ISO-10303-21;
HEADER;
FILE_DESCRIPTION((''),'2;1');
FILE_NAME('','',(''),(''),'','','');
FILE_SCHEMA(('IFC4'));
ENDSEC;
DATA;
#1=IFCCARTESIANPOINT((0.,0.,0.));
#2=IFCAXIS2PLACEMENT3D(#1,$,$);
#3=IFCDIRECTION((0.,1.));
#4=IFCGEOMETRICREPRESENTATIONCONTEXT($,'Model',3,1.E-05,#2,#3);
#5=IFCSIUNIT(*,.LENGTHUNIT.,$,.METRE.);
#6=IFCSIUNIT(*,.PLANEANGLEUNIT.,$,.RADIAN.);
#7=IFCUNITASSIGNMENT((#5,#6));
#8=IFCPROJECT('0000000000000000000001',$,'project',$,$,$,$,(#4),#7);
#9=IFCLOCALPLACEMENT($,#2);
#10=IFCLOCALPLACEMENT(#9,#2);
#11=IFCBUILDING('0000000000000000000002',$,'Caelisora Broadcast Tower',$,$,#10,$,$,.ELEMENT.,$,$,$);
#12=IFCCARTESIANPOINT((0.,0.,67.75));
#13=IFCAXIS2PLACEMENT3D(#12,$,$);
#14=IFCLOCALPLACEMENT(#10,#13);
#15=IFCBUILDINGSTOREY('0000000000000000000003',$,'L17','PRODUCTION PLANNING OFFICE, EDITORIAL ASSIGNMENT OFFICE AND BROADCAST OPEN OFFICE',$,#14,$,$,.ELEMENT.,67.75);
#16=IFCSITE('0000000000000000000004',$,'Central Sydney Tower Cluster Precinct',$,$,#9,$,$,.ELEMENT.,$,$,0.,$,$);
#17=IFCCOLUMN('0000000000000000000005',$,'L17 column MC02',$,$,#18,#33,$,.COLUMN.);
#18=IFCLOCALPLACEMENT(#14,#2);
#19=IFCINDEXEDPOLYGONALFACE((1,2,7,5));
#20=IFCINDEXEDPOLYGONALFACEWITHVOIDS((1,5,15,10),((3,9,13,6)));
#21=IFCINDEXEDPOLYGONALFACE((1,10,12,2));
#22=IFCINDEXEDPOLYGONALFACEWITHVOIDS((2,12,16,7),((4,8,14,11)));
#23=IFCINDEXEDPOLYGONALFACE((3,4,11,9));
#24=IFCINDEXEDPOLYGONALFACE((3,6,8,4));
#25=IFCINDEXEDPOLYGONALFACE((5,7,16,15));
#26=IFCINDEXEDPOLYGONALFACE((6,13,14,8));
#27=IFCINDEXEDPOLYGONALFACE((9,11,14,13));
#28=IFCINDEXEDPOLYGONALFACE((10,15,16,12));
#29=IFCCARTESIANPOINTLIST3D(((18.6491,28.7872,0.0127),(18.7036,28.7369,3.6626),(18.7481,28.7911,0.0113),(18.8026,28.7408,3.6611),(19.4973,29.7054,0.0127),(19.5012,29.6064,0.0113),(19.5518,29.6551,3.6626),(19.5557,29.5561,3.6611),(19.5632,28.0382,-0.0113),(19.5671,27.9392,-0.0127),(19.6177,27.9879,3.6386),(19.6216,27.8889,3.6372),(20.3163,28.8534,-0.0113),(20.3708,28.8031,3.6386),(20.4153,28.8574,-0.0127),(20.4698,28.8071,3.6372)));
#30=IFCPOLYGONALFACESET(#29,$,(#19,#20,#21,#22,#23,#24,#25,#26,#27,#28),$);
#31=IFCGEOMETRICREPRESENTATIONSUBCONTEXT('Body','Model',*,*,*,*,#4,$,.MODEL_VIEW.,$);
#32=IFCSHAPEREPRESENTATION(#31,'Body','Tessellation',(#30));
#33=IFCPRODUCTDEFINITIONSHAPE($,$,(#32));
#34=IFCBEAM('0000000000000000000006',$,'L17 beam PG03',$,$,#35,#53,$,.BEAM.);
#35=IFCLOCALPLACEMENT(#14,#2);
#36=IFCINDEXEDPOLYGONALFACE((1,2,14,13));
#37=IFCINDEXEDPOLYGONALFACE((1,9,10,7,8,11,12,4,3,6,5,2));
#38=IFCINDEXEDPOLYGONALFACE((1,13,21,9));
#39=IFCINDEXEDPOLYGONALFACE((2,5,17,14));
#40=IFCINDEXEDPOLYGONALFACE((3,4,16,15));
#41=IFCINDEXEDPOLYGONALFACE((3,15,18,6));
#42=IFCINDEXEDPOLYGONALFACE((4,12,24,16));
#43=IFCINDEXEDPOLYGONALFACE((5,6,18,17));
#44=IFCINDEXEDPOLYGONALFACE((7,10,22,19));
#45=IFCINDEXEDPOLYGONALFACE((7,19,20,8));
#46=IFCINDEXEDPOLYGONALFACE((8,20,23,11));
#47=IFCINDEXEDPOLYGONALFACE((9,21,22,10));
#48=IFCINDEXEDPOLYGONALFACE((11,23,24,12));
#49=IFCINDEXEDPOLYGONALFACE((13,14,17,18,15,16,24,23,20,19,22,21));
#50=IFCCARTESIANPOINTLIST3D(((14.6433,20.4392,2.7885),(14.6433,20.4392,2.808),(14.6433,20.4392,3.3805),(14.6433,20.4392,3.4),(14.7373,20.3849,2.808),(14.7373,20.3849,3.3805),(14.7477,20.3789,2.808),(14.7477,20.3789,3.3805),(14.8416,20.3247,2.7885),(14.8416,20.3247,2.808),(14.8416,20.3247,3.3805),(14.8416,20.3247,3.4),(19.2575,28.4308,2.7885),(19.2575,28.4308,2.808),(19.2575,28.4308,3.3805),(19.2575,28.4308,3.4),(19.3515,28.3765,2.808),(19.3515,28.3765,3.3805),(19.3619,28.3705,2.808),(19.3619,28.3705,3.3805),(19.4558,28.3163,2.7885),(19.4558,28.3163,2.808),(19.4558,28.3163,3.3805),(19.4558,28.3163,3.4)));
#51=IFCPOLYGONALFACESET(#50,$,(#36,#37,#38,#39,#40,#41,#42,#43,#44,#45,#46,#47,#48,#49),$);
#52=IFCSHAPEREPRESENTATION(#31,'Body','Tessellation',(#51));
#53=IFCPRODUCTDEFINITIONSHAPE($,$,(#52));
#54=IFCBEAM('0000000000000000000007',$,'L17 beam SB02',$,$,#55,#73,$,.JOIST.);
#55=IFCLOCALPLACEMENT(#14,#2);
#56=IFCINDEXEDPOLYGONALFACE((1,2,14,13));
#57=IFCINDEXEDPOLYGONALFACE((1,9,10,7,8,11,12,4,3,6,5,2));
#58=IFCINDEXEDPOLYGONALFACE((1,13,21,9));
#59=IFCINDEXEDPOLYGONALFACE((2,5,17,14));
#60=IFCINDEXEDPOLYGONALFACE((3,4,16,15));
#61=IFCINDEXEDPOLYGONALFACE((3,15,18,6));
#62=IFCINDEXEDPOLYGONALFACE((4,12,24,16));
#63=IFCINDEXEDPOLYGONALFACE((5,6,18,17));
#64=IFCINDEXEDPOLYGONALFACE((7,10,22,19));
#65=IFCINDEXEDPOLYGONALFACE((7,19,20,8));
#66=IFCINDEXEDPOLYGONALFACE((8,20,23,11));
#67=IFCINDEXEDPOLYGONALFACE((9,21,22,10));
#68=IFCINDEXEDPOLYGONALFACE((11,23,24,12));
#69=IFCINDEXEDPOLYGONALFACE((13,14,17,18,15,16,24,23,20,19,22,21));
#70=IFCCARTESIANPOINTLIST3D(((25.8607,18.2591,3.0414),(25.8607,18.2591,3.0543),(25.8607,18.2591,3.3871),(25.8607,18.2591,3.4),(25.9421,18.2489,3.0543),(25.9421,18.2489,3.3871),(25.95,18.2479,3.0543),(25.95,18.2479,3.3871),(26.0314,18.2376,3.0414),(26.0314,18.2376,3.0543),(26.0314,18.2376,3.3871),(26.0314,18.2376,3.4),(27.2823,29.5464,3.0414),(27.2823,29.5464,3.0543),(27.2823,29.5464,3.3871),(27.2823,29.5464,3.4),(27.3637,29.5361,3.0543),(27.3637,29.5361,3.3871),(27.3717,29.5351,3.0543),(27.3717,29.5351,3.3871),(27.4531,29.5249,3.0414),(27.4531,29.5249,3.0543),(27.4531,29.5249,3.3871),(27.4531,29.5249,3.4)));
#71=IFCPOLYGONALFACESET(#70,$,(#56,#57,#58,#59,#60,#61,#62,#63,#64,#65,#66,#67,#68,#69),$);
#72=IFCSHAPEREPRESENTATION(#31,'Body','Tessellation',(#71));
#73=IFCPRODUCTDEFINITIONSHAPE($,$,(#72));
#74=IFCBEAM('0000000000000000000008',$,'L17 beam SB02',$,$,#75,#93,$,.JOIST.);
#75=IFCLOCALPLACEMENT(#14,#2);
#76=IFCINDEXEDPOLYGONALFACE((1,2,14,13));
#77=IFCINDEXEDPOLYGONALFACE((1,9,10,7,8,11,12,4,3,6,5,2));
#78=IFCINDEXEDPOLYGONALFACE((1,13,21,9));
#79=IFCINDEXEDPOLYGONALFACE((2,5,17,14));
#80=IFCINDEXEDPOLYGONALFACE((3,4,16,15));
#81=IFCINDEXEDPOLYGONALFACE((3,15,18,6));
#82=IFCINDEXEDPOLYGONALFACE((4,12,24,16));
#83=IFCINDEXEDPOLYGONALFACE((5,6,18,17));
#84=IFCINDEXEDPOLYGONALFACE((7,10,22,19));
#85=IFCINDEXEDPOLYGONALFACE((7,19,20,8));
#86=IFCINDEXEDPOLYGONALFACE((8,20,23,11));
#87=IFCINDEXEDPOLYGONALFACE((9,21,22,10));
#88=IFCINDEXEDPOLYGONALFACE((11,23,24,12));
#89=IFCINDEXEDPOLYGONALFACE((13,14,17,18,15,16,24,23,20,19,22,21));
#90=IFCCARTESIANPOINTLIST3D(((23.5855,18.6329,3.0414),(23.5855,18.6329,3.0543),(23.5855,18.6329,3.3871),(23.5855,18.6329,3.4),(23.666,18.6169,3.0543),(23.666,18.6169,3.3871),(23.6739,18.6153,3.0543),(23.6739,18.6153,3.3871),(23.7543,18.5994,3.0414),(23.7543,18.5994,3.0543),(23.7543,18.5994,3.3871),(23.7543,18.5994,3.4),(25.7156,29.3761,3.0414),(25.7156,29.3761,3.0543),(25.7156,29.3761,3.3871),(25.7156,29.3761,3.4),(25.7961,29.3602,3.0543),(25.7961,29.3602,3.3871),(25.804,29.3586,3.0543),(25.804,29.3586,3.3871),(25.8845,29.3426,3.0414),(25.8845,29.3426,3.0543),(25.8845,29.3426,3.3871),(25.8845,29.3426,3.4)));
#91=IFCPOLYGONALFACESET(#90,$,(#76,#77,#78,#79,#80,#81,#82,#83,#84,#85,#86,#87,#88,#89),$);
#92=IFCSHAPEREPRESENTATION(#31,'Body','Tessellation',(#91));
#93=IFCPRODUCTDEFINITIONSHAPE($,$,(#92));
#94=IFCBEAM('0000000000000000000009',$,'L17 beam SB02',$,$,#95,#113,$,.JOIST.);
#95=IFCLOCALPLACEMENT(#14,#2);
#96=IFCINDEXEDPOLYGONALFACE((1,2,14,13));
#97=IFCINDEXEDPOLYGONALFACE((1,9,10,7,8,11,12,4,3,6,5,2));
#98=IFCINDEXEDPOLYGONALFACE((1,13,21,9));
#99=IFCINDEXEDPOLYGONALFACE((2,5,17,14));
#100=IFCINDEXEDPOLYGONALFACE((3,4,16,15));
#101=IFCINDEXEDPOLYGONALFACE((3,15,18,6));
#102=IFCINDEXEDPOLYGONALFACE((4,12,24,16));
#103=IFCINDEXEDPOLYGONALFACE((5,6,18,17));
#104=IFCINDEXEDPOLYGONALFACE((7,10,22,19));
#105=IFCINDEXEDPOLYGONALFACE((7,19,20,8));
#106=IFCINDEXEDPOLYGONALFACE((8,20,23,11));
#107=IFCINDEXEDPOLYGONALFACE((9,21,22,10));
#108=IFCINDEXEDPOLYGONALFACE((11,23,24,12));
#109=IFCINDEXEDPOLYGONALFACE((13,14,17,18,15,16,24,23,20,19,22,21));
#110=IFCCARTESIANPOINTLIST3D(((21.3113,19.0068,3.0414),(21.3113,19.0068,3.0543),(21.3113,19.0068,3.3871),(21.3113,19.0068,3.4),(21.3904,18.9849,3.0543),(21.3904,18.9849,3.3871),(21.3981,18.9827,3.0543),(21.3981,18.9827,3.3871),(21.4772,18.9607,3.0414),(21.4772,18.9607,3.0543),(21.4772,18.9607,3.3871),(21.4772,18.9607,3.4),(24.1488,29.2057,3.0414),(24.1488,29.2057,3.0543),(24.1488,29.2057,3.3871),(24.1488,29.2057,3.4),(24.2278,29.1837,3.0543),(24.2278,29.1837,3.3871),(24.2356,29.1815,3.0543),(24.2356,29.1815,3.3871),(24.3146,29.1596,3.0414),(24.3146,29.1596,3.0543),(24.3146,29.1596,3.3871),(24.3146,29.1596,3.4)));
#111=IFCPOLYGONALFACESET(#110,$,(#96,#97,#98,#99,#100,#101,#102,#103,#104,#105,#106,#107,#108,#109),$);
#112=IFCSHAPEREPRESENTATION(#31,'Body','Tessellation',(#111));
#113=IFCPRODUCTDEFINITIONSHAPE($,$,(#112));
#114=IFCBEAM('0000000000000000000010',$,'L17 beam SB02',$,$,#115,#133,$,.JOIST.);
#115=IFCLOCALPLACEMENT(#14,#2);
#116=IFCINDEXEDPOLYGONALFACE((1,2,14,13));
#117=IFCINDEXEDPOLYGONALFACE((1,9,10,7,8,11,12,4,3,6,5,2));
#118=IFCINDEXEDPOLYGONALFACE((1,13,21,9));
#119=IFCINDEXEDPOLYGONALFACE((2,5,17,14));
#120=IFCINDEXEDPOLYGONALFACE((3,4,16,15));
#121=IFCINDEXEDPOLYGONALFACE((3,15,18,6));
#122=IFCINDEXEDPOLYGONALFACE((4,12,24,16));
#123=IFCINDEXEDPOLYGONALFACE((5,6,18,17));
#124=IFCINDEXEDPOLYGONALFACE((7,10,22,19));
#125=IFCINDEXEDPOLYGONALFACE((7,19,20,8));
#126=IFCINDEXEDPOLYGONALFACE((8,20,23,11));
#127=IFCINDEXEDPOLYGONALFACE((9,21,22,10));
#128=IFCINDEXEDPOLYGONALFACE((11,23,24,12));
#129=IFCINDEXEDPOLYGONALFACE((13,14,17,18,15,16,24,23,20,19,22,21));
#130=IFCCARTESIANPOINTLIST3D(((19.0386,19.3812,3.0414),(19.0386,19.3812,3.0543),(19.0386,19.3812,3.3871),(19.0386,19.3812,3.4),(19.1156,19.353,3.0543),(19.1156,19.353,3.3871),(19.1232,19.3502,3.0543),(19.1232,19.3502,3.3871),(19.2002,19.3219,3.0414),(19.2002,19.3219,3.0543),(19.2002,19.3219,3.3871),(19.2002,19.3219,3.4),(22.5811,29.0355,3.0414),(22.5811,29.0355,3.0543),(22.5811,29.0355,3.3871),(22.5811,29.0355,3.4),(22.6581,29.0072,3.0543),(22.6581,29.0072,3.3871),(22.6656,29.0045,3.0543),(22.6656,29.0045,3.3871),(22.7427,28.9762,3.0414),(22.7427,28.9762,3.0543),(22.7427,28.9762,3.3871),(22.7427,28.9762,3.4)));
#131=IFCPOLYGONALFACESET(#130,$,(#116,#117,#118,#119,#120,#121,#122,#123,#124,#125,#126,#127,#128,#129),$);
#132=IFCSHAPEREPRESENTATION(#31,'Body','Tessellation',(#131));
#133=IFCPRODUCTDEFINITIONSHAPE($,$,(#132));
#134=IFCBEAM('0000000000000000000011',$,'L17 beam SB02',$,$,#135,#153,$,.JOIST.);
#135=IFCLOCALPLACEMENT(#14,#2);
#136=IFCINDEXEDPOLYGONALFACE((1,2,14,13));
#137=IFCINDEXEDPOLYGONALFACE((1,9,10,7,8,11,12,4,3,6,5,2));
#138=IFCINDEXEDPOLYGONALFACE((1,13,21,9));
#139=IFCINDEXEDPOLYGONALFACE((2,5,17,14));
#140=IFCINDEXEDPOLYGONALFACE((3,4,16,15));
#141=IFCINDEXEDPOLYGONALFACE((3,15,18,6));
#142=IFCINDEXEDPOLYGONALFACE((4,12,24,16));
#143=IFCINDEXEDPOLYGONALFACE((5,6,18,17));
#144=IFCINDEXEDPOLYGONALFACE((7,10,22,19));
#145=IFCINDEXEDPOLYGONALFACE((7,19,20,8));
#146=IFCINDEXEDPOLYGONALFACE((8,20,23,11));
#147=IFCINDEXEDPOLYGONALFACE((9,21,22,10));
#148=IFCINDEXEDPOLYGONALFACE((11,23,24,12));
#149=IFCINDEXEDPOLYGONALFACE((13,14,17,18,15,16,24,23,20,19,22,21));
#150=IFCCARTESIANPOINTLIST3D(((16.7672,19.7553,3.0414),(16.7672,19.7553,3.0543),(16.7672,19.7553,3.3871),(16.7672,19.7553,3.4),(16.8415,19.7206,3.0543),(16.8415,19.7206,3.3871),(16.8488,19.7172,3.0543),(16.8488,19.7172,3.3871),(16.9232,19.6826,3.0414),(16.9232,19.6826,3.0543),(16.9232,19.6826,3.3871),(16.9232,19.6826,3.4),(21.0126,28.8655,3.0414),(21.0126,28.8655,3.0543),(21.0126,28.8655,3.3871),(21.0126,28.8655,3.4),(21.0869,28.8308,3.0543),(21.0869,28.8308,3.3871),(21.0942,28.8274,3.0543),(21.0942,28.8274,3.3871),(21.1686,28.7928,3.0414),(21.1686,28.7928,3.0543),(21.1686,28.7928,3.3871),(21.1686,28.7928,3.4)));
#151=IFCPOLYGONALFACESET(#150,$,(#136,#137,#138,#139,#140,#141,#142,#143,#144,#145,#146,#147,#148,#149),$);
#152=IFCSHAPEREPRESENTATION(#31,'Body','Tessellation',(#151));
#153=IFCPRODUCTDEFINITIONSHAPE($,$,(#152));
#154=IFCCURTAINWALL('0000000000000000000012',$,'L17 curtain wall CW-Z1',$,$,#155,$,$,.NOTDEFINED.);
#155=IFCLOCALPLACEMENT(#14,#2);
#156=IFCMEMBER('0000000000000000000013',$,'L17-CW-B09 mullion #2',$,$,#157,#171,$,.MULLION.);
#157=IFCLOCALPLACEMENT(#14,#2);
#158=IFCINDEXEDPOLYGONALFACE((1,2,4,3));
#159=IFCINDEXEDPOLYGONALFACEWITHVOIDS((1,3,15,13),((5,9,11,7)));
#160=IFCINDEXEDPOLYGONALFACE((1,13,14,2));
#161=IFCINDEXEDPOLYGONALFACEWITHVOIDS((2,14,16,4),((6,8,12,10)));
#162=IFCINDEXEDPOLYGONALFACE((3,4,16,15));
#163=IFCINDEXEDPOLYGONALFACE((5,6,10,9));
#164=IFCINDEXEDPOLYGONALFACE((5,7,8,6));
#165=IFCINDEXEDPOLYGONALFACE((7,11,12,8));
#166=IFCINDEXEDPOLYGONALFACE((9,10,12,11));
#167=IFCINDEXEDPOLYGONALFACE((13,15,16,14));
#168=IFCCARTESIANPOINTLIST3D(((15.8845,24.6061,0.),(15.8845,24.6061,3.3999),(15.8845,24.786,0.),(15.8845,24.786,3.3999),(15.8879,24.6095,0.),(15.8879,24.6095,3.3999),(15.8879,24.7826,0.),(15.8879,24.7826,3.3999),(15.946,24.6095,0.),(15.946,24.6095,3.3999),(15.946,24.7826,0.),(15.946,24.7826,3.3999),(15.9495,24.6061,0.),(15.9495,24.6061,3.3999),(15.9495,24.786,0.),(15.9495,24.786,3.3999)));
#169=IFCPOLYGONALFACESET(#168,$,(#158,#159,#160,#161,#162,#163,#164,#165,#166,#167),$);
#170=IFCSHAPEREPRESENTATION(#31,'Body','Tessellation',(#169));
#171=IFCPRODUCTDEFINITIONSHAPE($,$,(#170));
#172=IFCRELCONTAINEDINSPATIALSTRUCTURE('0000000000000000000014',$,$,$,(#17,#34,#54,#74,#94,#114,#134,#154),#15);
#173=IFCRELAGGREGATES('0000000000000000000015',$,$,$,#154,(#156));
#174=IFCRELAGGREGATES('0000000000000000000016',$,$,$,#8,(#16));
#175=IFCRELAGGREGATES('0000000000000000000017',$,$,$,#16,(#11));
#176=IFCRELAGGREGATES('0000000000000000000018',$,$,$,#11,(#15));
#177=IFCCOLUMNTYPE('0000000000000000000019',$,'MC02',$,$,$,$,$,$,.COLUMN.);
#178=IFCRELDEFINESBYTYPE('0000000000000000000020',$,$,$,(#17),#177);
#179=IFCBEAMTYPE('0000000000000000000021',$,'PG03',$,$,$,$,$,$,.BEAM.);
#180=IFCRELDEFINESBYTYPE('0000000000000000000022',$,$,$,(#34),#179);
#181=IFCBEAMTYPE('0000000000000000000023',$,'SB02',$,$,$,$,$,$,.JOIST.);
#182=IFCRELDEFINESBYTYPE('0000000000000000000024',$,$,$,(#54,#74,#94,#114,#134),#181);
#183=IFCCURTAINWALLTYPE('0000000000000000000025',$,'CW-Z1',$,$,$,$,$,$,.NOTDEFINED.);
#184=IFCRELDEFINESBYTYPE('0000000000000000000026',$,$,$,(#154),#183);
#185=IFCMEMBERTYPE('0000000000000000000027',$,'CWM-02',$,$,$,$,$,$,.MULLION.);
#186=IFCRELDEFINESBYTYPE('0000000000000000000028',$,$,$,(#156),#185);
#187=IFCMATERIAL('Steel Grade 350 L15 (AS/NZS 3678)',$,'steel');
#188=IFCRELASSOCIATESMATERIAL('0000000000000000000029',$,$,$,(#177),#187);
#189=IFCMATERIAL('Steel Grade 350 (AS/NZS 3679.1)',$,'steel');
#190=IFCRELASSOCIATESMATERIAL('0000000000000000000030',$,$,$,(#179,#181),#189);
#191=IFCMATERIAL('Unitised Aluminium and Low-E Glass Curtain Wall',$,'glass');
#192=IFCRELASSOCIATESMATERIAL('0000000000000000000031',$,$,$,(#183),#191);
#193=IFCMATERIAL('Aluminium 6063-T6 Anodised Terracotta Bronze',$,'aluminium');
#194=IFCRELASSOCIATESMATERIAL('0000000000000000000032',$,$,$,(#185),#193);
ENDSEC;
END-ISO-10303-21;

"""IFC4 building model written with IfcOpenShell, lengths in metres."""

from ifc_helpers import new_model, si_unit, direction, frame, origin, origin_2d, place, context, subcontext, project, spatial, hollow_rectangle, i_section, extrude, source, transform, mapped, material, material_profile, profile_set, type_object, type_shapes, element, aggregate, save


model = new_model("IFC4")

# Units and contexts
model_context = context("Model", 3, precision=1e-05, world=origin(), true_north=direction((0.0, 1.0)))
body_context = subcontext(model_context, "Body", "Model", "MODEL_VIEW")
ifc_project = project(units=[si_unit("LENGTHUNIT", "METRE"), si_unit("PLANEANGLEUNIT", "RADIAN")], contexts=[model_context])

# Site, building, storey
site_placement = place(None, origin())
site = spatial("IfcSite", under=ifc_project, at=site_placement, Name="Central Sydney Tower Cluster Precinct", CompositionType="ELEMENT", RefElevation=0.0)
building_placement = place(site_placement, origin())
building = spatial("IfcBuilding", under=site, at=building_placement, Name="Caelisora Broadcast Tower", CompositionType="ELEMENT")
storey_placement = place(building_placement, frame((0.0, 0.0, 67.75)))
storey = spatial("IfcBuildingStorey", under=building, at=storey_placement, Name="L17", Description="PRODUCTION PLANNING OFFICE, EDITORIAL ASSIGNMENT OFFICE AND BROADCAST OPEN OFFICE", CompositionType="ELEMENT", Elevation=67.75)

# Column
ifc_material_1 = material(Name="Steel Grade 350 L15 (AS/NZS 3678)", Category="steel")
ifc_material_profile_1 = material_profile(ifc_material_1, hollow_rectangle(XDim=1.25, YDim=1.25, WallThickness=0.0701, at=origin_2d()), Name="Steel Grade 350 L15 (AS/NZS 3678)")
ifc_profile_set_1 = profile_set([ifc_material_profile_1], Name="Steel Grade 350 L15 (AS/NZS 3678)")
column_type = type_object("IfcColumnType", Name="MC02", PredefinedType="COLUMN", material=ifc_profile_set_1)
shared_shape_1 = source(origin(), body_context, "Body", "SweptSolid", [
    extrude(hollow_rectangle(XDim=1.25, YDim=1.25, WallThickness=0.0701, at=origin_2d()), origin(), (0.0, 0.0, 1.0), 3.6506),
])
type_shapes(column_type, [shared_shape_1])
column_placement = place(storey_placement, frame((19.5322, 28.8223, 0.0), z_axis=(0.014913, -0.013776, 0.999794), x_axis=(0.678554, 0.734551, 0.0)))
element("IfcColumn", 1, at=column_placement, inside=storey, type_object=column_type, Name="L17 column MC02", PredefinedType="COLUMN", context=body_context, shape_type="MappedRepresentation", body=[
    mapped(shared_shape_1, transform((0.0, 0.0, 0.0), scale=1.0)),
])

# Beams
ifc_material_2 = material(Name="Steel Grade 350 (AS/NZS 3679.1)", Category="steel")
ifc_material_profile_2 = material_profile(ifc_material_2, i_section(OverallWidth=0.229, OverallDepth=0.6116, WebThickness=0.012, FlangeThickness=0.0195, at=origin_2d()), Name="Steel Grade 350 (AS/NZS 3679.1)")
ifc_profile_set_2 = profile_set([ifc_material_profile_2], Name="Steel Grade 350 (AS/NZS 3679.1)")
beam_type_1 = type_object("IfcBeamType", Name="PG03", PredefinedType="BEAM", material=ifc_profile_set_2)
shared_shape_2 = source(origin(), body_context, "Body", "SweptSolid", [
    extrude(i_section(OverallWidth=0.229, OverallDepth=0.6116, WebThickness=0.012, FlangeThickness=0.0195, at=origin_2d()), origin(), (0.0, 0.0, 1.0), 9.228),
])
type_shapes(beam_type_1, [shared_shape_2])
beam_1_placement = place(storey_placement, frame((19.3567, 28.3735, 3.0942), z_axis=(-0.50002, -0.866014, 0.0), x_axis=(0.866014, -0.50002, 0.0)))
element("IfcBeam", 2, at=beam_1_placement, inside=storey, type_object=beam_type_1, Name="L17 beam PG03", PredefinedType="BEAM", context=body_context, shape_type="MappedRepresentation", body=[
    mapped(shared_shape_2, transform((0.0, 0.0, 0.0), scale=1.0)),
])
ifc_material_profile_3 = material_profile(ifc_material_2, i_section(OverallWidth=0.1721, OverallDepth=0.3586, WebThickness=0.0081, FlangeThickness=0.0129, at=origin_2d()), Name="Steel Grade 350 (AS/NZS 3679.1)")
ifc_profile_set_3 = profile_set([ifc_material_profile_3], Name="Steel Grade 350 (AS/NZS 3679.1)")
beam_type_2 = type_object("IfcBeamType", Name="SB02", PredefinedType="JOIST", material=ifc_profile_set_3)
shared_shape_3 = source(origin(), body_context, "Body", "SweptSolid", [
    extrude(i_section(OverallWidth=0.1721, OverallDepth=0.3586, WebThickness=0.0081, FlangeThickness=0.0129, at=origin_2d()), origin(), (0.0, 0.0, 1.0), 11.3765),
])
beam_2_placement = place(storey_placement, frame((27.3677, 29.5356, 3.2207), z_axis=(-0.124962, -0.992162, 0.0), x_axis=(0.992162, -0.124962, 0.0)))
element("IfcBeam", 3, at=beam_2_placement, inside=storey, type_object=beam_type_2, Name="L17 beam SB02", PredefinedType="JOIST", context=body_context, shape_type="MappedRepresentation", body=[
    mapped(shared_shape_3, transform((0.0, 0.0, 0.0), scale=1.0)),
])
shared_shape_4 = source(origin(), body_context, "Body", "SweptSolid", [
    extrude(i_section(OverallWidth=0.1721, OverallDepth=0.3586, WebThickness=0.0081, FlangeThickness=0.0129, at=origin_2d()), origin(), (0.0, 0.0, 1.0), 10.9524),
])
beam_3_placement = place(storey_placement, frame((25.8, 29.3594, 3.2207), z_axis=(-0.194491, -0.980904, 0.0), x_axis=(0.980904, -0.194491, 0.0)))
element("IfcBeam", 4, at=beam_3_placement, inside=storey, type_object=beam_type_2, Name="L17 beam SB02", PredefinedType="JOIST", context=body_context, shape_type="MappedRepresentation", body=[
    mapped(shared_shape_4, transform((0.0, 0.0, 0.0), scale=1.0)),
])
shared_shape_5 = source(origin(), body_context, "Body", "SweptSolid", [
    extrude(i_section(OverallWidth=0.1721, OverallDepth=0.3586, WebThickness=0.0081, FlangeThickness=0.0129, at=origin_2d()), origin(), (0.0, 0.0, 1.0), 10.5862),
])
beam_4_placement = place(storey_placement, frame((24.2317, 29.1826, 3.2207), z_axis=(-0.268032, -0.96341, 0.0), x_axis=(0.96341, -0.268032, 0.0)))
element("IfcBeam", 5, at=beam_4_placement, inside=storey, type_object=beam_type_2, Name="L17 beam SB02", PredefinedType="JOIST", context=body_context, shape_type="MappedRepresentation", body=[
    mapped(shared_shape_5, transform((0.0, 0.0, 0.0), scale=1.0)),
])
shared_shape_6 = source(origin(), body_context, "Body", "SweptSolid", [
    extrude(i_section(OverallWidth=0.1721, OverallDepth=0.3586, WebThickness=0.0081, FlangeThickness=0.0129, at=origin_2d()), origin(), (0.0, 0.0, 1.0), 10.2837),
])
beam_5_placement = place(storey_placement, frame((22.6619, 29.0059, 3.2207), z_axis=(-0.344475, -0.938795, 0.0), x_axis=(0.938795, -0.344475, 0.0)))
element("IfcBeam", 6, at=beam_5_placement, inside=storey, type_object=beam_type_2, Name="L17 beam SB02", PredefinedType="JOIST", context=body_context, shape_type="MappedRepresentation", body=[
    mapped(shared_shape_6, transform((0.0, 0.0, 0.0), scale=1.0)),
])
shared_shape_7 = source(origin(), body_context, "Body", "SweptSolid", [
    extrude(i_section(OverallWidth=0.1721, OverallDepth=0.3586, WebThickness=0.0081, FlangeThickness=0.0129, at=origin_2d()), origin(), (0.0, 0.0, 1.0), 10.0508),
])
type_shapes(beam_type_2, [shared_shape_3, shared_shape_4, shared_shape_5, shared_shape_6, shared_shape_7])
beam_6_placement = place(storey_placement, frame((21.0906, 28.8291, 3.2207), z_axis=(-0.422393, -0.906413, 0.0), x_axis=(0.906413, -0.422393, 0.0)))
element("IfcBeam", 7, at=beam_6_placement, inside=storey, type_object=beam_type_2, Name="L17 beam SB02", PredefinedType="JOIST", context=body_context, shape_type="MappedRepresentation", body=[
    mapped(shared_shape_7, transform((0.0, 0.0, 0.0), scale=1.0)),
])

# Curtain wall, member
ifc_material_3 = material(Name="Unitised Aluminium and Low-E Glass Curtain Wall", Category="glass")
curtain_wall_type_1 = type_object("IfcCurtainWallType", Name="CW-Z1", PredefinedType="NOTDEFINED", material=ifc_material_3)
curtain_wall_1_placement = place(storey_placement, origin())
curtain_wall_1 = element("IfcCurtainWall", 8, at=curtain_wall_1_placement, inside=storey, type_object=curtain_wall_type_1, Name="L17 curtain wall CW-Z1", PredefinedType="NOTDEFINED")
ifc_material_4 = material(Name="Aluminium 6063-T6 Anodised Terracotta Bronze", Category="aluminium")
ifc_material_profile_4 = material_profile(ifc_material_4, hollow_rectangle(XDim=0.0649, YDim=0.1799, WallThickness=0.0034, at=origin_2d()), Name="Aluminium 6063-T6 Anodised Terracotta Bronze")
ifc_profile_set_4 = profile_set([ifc_material_profile_4], Name="Aluminium 6063-T6 Anodised Terracotta Bronze")
member_type_1 = type_object("IfcMemberType", Name="CWM-02", PredefinedType="MULLION", material=ifc_profile_set_4)
shared_shape_8 = source(origin(), body_context, "Body", "SweptSolid", [
    extrude(hollow_rectangle(XDim=0.0649, YDim=0.1799, WallThickness=0.0034, at=origin_2d()), origin(), (0.0, 0.0, 1.0), 3.3999),
])
type_shapes(member_type_1, [shared_shape_8])
member_1_placement = place(storey_placement, frame((15.917, 24.696, 0.0), z_axis=(0.0, 0.0, 1.0), x_axis=(1.0, 0.0, 0.0)))
member_1 = element("IfcMember", 9, at=member_1_placement, type_object=member_type_1, Name="L17-CW-B09 mullion #2", PredefinedType="MULLION", context=body_context, shape_type="MappedRepresentation", body=[
    mapped(shared_shape_8, transform((0.0, 0.0, 0.0), scale=1.0)),
])

aggregate(curtain_wall_1, [member_1])

save(model, "model.ifc")
